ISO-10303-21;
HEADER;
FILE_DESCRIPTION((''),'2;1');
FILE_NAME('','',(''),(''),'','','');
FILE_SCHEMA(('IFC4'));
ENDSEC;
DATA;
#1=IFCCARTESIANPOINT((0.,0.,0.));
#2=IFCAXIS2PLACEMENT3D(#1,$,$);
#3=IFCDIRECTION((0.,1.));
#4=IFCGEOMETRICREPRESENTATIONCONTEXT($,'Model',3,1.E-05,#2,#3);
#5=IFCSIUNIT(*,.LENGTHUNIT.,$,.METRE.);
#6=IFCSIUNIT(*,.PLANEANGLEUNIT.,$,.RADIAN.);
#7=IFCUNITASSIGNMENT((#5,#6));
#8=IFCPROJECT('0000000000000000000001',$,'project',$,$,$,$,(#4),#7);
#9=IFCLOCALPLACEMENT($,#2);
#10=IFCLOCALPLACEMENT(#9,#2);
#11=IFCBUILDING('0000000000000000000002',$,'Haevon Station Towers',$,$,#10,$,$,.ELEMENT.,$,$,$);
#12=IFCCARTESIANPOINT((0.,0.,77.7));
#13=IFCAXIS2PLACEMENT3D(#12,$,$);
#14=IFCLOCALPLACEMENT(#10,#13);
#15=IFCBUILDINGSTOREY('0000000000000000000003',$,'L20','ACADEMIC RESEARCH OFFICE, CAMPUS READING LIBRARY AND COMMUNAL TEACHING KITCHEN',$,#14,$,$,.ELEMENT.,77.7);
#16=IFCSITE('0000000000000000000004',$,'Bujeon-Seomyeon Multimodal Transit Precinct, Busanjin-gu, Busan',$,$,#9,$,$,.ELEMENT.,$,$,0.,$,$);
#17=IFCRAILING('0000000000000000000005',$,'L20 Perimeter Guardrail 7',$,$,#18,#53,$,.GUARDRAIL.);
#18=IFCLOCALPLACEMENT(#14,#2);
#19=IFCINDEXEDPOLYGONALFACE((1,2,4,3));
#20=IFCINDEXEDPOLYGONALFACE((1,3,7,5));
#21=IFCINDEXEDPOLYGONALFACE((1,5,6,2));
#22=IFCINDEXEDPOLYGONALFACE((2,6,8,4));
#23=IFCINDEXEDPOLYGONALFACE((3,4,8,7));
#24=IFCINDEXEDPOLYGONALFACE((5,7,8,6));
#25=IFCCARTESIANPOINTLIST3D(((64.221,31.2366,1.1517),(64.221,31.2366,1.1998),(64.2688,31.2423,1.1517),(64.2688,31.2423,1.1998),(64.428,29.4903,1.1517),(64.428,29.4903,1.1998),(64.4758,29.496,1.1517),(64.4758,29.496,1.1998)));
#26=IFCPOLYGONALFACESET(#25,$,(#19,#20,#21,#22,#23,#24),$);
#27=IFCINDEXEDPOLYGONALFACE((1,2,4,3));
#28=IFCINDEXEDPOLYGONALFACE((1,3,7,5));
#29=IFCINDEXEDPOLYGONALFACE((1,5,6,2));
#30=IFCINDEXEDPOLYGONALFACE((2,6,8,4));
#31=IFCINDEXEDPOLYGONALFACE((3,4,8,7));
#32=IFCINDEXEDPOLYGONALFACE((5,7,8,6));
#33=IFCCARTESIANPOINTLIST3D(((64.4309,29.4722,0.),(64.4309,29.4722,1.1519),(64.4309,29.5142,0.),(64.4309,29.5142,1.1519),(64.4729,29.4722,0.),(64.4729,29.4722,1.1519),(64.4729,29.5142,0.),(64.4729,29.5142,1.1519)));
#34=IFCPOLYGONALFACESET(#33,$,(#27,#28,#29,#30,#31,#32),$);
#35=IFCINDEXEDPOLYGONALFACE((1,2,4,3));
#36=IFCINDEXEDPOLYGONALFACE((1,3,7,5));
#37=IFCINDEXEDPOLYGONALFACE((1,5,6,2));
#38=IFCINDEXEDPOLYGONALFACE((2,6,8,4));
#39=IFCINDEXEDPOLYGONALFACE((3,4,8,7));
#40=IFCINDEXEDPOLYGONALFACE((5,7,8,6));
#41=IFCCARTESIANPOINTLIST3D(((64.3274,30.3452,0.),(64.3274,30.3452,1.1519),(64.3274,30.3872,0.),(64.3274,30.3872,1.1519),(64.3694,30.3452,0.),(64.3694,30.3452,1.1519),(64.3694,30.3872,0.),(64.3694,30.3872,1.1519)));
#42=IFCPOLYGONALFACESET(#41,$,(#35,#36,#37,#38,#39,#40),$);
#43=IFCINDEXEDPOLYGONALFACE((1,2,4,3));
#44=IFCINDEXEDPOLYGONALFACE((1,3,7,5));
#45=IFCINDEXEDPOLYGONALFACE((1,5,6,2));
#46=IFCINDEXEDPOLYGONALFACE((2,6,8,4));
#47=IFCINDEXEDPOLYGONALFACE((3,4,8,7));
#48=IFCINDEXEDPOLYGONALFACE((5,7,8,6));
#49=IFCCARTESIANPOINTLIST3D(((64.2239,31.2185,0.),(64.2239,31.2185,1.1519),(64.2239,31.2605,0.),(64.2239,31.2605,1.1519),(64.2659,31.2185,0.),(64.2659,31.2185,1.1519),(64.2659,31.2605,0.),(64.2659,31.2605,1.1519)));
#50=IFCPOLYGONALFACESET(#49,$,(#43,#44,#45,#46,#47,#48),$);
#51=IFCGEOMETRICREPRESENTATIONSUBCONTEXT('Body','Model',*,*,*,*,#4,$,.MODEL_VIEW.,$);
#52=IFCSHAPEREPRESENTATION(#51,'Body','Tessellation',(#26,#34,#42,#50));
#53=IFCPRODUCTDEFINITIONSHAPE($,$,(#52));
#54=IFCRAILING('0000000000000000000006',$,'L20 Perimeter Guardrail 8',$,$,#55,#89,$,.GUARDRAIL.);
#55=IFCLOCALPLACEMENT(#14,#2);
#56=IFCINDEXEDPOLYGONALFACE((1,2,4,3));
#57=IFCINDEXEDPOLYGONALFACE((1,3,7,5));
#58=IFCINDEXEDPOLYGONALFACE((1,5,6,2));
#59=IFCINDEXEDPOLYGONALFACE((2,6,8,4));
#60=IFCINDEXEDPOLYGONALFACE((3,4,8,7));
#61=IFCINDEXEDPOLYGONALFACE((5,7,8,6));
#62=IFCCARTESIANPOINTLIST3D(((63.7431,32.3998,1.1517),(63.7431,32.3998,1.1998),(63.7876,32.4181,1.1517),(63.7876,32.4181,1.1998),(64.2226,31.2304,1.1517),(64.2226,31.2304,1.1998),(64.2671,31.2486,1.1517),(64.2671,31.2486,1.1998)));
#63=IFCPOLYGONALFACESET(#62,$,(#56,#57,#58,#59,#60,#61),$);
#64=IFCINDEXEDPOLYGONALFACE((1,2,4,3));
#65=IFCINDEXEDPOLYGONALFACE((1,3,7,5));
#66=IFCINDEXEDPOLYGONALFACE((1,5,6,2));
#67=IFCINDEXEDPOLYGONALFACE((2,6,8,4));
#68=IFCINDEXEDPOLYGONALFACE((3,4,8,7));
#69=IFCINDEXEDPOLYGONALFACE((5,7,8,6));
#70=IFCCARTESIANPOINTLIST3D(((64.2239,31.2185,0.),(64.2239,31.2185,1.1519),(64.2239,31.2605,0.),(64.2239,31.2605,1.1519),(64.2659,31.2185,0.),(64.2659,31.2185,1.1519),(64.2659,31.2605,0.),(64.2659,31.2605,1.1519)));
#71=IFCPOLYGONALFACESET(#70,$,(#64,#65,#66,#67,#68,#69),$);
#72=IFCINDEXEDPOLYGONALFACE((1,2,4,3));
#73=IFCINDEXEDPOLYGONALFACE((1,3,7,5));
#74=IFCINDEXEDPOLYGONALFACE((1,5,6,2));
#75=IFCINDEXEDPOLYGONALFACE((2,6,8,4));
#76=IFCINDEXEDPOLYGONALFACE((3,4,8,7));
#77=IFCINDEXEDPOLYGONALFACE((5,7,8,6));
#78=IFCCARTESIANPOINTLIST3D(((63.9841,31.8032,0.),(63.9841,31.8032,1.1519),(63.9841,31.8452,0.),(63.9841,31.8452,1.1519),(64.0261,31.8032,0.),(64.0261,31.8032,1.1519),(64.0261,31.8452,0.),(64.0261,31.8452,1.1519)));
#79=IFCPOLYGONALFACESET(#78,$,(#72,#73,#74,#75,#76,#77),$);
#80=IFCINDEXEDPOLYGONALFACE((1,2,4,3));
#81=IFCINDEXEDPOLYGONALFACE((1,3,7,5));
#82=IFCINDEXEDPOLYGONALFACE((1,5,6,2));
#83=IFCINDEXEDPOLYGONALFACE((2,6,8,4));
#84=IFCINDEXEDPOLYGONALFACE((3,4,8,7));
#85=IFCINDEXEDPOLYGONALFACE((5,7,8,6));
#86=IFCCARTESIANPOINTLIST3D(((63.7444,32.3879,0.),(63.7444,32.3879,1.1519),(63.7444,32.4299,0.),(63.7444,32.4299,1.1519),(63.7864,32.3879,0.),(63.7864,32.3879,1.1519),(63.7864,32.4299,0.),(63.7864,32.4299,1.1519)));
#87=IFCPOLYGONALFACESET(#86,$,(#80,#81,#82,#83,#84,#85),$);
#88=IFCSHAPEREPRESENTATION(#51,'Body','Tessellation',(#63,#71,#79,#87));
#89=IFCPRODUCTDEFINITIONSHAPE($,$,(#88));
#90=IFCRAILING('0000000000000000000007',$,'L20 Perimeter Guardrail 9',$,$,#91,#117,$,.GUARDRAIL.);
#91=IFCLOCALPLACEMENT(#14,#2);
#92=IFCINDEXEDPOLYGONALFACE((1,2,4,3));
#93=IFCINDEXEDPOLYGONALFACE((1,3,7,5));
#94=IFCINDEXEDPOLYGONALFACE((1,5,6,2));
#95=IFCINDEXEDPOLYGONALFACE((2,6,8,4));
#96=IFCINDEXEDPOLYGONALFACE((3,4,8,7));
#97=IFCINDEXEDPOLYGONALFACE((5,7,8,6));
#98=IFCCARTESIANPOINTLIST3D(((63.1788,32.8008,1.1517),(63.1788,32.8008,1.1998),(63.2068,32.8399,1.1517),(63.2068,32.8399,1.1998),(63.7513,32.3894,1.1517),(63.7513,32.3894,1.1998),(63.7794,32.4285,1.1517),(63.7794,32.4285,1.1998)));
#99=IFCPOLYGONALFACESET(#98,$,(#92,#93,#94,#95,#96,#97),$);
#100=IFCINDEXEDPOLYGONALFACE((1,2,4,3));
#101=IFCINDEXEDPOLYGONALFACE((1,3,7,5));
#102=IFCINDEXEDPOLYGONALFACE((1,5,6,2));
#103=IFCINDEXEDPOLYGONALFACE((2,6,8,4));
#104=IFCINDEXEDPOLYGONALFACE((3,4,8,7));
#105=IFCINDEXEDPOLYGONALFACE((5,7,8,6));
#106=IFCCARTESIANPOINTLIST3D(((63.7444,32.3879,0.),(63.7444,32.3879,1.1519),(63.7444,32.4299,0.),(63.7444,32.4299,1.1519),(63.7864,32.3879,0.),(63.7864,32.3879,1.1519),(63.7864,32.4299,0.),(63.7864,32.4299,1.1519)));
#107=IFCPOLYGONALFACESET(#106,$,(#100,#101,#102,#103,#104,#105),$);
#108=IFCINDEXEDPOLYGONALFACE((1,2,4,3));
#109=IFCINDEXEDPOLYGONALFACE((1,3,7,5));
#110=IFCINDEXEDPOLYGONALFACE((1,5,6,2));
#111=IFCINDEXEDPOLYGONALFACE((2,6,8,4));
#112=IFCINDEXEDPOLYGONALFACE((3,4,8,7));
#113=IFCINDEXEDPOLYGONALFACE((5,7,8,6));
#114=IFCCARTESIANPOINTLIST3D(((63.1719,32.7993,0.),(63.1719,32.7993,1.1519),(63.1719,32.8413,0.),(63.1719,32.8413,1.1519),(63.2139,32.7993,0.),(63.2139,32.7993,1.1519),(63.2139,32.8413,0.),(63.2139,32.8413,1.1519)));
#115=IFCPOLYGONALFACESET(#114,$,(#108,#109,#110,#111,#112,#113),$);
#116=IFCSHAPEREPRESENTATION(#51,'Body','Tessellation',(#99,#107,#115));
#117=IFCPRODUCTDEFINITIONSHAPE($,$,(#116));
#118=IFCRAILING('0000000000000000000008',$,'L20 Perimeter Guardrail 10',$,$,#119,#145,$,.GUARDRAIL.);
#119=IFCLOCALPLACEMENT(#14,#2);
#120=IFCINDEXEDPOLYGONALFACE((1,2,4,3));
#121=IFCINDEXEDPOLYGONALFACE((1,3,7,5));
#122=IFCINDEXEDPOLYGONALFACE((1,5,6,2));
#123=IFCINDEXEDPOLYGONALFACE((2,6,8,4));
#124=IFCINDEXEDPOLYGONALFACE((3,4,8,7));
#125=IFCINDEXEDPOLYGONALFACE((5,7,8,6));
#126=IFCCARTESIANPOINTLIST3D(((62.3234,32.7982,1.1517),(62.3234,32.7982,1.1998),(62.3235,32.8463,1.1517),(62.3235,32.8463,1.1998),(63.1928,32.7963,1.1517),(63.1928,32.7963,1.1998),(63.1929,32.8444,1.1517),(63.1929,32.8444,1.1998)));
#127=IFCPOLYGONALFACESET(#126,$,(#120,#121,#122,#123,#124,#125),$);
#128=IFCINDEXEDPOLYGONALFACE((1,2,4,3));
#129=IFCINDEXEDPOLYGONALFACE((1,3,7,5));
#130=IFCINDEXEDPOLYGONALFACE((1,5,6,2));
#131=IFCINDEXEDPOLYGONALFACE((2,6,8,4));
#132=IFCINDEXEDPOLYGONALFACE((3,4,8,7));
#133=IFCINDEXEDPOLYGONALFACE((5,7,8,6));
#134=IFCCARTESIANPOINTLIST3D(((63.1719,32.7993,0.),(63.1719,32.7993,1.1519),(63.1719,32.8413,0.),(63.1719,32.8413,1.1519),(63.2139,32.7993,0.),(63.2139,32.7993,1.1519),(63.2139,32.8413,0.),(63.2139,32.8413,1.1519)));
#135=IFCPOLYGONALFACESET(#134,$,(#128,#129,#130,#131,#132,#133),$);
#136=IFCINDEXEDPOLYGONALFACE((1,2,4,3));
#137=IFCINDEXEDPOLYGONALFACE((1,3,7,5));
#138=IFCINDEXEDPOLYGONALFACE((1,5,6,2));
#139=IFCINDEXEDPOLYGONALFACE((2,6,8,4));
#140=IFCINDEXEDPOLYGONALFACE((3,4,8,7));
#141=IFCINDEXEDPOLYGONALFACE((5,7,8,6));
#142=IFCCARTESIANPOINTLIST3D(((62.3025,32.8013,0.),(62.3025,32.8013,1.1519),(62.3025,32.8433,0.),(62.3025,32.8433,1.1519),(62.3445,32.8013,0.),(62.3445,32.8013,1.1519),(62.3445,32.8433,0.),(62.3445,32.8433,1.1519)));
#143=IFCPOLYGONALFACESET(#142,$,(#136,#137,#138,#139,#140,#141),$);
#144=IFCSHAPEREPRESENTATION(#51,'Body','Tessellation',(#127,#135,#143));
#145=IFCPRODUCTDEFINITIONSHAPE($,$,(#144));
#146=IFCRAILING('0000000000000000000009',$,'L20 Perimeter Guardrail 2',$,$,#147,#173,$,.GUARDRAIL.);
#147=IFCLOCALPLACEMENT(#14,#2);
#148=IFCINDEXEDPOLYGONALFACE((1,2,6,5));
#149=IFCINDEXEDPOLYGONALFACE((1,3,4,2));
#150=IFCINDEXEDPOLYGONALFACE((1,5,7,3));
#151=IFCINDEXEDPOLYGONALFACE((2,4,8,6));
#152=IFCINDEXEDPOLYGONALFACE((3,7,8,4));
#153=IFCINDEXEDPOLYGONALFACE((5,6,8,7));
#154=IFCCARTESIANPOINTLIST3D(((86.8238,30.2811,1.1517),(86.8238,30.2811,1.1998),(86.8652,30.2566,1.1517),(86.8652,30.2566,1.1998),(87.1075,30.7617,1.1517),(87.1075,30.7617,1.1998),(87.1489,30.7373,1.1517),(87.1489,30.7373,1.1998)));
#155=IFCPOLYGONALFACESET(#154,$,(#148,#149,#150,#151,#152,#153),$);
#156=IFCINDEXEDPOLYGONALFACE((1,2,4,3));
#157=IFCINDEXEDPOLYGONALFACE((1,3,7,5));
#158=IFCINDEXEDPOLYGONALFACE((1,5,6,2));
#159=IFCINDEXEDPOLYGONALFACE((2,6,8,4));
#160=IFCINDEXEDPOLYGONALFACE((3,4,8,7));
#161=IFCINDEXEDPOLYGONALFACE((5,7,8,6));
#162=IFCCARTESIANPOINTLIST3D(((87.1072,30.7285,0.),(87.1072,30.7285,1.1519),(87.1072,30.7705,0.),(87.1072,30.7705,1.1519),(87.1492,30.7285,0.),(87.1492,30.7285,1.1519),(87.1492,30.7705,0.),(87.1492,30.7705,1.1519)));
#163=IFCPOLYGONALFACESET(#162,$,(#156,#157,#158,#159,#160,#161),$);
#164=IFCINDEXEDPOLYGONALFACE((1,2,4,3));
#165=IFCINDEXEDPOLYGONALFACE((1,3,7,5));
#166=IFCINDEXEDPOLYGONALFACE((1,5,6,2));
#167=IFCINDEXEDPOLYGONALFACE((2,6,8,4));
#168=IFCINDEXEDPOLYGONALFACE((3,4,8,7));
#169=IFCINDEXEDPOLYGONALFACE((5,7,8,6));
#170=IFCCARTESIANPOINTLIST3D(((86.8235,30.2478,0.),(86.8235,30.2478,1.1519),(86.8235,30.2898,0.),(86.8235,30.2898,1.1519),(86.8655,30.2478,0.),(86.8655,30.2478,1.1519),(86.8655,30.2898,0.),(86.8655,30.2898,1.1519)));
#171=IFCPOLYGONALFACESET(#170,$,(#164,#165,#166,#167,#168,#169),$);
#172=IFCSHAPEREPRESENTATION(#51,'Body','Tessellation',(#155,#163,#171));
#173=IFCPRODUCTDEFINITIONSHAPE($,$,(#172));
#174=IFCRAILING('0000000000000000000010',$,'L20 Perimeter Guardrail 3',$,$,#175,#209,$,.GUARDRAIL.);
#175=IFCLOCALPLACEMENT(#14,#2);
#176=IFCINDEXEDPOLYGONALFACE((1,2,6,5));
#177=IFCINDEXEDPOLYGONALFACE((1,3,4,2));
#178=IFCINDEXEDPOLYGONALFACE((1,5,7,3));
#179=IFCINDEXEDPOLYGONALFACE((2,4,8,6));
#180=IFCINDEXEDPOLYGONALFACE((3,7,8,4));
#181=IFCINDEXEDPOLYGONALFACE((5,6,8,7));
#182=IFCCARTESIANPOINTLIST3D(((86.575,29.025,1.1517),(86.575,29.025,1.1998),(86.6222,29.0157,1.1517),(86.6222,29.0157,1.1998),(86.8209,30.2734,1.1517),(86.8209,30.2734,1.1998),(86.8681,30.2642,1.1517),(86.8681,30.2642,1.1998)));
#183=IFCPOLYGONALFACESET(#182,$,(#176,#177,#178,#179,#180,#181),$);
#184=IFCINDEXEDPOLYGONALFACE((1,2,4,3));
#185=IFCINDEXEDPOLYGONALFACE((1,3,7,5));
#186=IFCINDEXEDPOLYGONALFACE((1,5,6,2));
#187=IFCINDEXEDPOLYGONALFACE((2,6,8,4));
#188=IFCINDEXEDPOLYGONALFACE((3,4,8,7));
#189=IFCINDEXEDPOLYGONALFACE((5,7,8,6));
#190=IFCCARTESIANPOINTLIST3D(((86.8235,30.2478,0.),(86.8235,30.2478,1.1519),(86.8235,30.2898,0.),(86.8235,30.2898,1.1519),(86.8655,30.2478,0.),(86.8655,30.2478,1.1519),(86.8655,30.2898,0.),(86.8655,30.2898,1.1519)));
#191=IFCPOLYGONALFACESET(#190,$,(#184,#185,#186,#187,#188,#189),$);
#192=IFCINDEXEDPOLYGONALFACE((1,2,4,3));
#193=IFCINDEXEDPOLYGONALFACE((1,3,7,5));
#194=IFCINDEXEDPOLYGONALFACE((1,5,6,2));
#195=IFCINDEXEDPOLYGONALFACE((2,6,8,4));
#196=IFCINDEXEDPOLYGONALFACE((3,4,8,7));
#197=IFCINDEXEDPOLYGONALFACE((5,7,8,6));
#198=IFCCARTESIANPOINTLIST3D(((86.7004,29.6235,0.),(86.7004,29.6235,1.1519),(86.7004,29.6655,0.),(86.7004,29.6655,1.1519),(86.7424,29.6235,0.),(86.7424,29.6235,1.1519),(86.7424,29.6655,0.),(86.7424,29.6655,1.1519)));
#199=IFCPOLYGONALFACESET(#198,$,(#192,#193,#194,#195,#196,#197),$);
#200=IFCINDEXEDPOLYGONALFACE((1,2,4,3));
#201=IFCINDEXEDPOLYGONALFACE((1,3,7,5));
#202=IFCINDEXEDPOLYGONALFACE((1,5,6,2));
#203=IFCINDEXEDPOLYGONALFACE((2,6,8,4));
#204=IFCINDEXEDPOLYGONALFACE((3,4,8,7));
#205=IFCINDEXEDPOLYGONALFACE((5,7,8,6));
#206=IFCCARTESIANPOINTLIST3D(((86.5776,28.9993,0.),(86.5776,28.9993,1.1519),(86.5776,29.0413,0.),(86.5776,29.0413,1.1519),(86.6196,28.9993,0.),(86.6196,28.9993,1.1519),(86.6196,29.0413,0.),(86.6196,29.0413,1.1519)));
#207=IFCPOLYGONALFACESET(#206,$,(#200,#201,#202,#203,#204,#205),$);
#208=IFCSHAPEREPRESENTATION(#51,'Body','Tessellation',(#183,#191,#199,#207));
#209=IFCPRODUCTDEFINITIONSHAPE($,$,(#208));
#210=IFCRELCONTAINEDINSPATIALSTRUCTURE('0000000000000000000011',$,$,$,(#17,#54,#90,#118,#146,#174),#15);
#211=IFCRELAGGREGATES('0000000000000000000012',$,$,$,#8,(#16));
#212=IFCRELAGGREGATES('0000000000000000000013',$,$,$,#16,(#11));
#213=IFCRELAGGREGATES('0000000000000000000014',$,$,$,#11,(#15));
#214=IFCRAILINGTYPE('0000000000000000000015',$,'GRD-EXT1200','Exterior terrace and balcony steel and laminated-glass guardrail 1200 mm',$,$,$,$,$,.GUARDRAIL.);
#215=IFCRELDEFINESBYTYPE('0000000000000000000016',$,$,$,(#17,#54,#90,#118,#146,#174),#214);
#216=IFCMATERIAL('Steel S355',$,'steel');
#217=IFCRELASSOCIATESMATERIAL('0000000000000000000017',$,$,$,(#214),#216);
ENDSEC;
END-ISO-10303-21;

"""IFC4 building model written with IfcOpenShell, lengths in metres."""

from ifc_helpers import new_model, si_unit, direction, frame, origin, origin_2d, place, context, subcontext, project, spatial, rectangle, extrude, material, type_object, element, save


model = new_model("IFC4")

# Units and contexts
model_context = context("Model", 3, precision=1e-05, world=origin(), true_north=direction((0.0, 1.0)))
body_context = subcontext(model_context, "Body", "Model", "MODEL_VIEW")
ifc_project = project(units=[si_unit("LENGTHUNIT", "METRE"), si_unit("PLANEANGLEUNIT", "RADIAN")], contexts=[model_context])

# Site, building, storey
site_placement = place(None, origin())
site = spatial("IfcSite", under=ifc_project, at=site_placement, Name="Bujeon-Seomyeon Multimodal Transit Precinct, Busanjin-gu, Busan", CompositionType="ELEMENT", RefElevation=0.0)
building_placement = place(site_placement, origin())
building = spatial("IfcBuilding", under=site, at=building_placement, Name="Haevon Station Towers", CompositionType="ELEMENT")
storey_placement = place(building_placement, frame((0.0, 0.0, 77.7)))
storey = spatial("IfcBuildingStorey", under=building, at=storey_placement, Name="L20", Description="ACADEMIC RESEARCH OFFICE, CAMPUS READING LIBRARY AND COMMUNAL TEACHING KITCHEN", CompositionType="ELEMENT", Elevation=77.7)

# Shared definitions
ifc_material_1 = material(Name="Steel S355", Category="steel")

# Railings
railing_type = type_object("IfcRailingType", Name="GRD-EXT1200", Description="Exterior terrace and balcony steel and laminated-glass guardrail 1200 mm", PredefinedType="GUARDRAIL", material=ifc_material_1)
railing_1_placement = place(storey_placement, frame((64.4519, 29.4932, 0.0)))
element("IfcRailing", 1, at=railing_1_placement, inside=storey, type_object=railing_type, Name="L20 Perimeter Guardrail 7", PredefinedType="GUARDRAIL", context=body_context, shape_type="SweptSolid", body=[
    extrude(rectangle(XDim=0.0481, YDim=0.0481, at=origin_2d()), frame((0.0, 0.0, 1.1758), z_axis=(-0.117727, 0.993046, 0.0), x_axis=(-0.993046, -0.117727, 0.0)), (0.0, 0.0, 1.0), 1.7585),
    extrude(rectangle(XDim=0.042, YDim=0.042, at=origin_2d()), origin(), (0.0, 0.0, 1.0), 1.1519),
    extrude(rectangle(XDim=0.042, YDim=0.042, at=origin_2d()), frame((-0.1035, 0.873, 0.0)), (0.0, 0.0, 1.0), 1.1519),
    extrude(rectangle(XDim=0.042, YDim=0.042, at=origin_2d()), frame((-0.207, 1.7463, 0.0)), (0.0, 0.0, 1.0), 1.1519),
])
railing_2_placement = place(storey_placement, frame((64.2449, 31.2395, 0.0)))
element("IfcRailing", 2, at=railing_2_placement, inside=storey, type_object=railing_type, Name="L20 Perimeter Guardrail 8", PredefinedType="GUARDRAIL", context=body_context, shape_type="SweptSolid", body=[
    extrude(rectangle(XDim=0.0481, YDim=0.0481, at=origin_2d()), frame((0.0, 0.0, 1.1758), z_axis=(-0.37937, 0.925245, 0.0), x_axis=(-0.925245, -0.37937, 0.0)), (0.0, 0.0, 1.0), 1.2639),
    extrude(rectangle(XDim=0.042, YDim=0.042, at=origin_2d()), origin(), (0.0, 0.0, 1.0), 1.1519),
    extrude(rectangle(XDim=0.042, YDim=0.042, at=origin_2d()), frame((-0.2397, 0.5847, 0.0)), (0.0, 0.0, 1.0), 1.1519),
    extrude(rectangle(XDim=0.042, YDim=0.042, at=origin_2d()), frame((-0.4795, 1.1694, 0.0)), (0.0, 0.0, 1.0), 1.1519),
])
railing_3_placement = place(storey_placement, frame((63.7654, 32.4089, 0.0)))
element("IfcRailing", 3, at=railing_3_placement, inside=storey, type_object=railing_type, Name="L20 Perimeter Guardrail 9", PredefinedType="GUARDRAIL", context=body_context, shape_type="SweptSolid", body=[
    extrude(rectangle(XDim=0.0481, YDim=0.0481, at=origin_2d()), frame((0.0, 0.0, 1.1758), z_axis=(-0.812092, 0.583529, 0.0), x_axis=(-0.583529, -0.812092, 0.0)), (0.0, 0.0, 1.0), 0.7051),
    extrude(rectangle(XDim=0.042, YDim=0.042, at=origin_2d()), origin(), (0.0, 0.0, 1.0), 1.1519),
    extrude(rectangle(XDim=0.042, YDim=0.042, at=origin_2d()), frame((-0.5725, 0.4114, 0.0)), (0.0, 0.0, 1.0), 1.1519),
])
railing_4_placement = place(storey_placement, frame((63.1929, 32.8203, 0.0)))
element("IfcRailing", 4, at=railing_4_placement, inside=storey, type_object=railing_type, Name="L20 Perimeter Guardrail 10", PredefinedType="GUARDRAIL", context=body_context, shape_type="SweptSolid", body=[
    extrude(rectangle(XDim=0.0481, YDim=0.0481, at=origin_2d()), frame((0.0, 0.0, 1.1758), z_axis=(-0.999997, 0.002247, 0.0), x_axis=(-0.002247, -0.999997, 0.0)), (0.0, 0.0, 1.0), 0.8694),
    extrude(rectangle(XDim=0.042, YDim=0.042, at=origin_2d()), origin(), (0.0, 0.0, 1.0), 1.1519),
    extrude(rectangle(XDim=0.042, YDim=0.042, at=origin_2d()), frame((-0.8694, 0.002, 0.0)), (0.0, 0.0, 1.0), 1.1519),
])
railing_5_placement = place(storey_placement, frame((87.1282, 30.7495, 0.0)))
element("IfcRailing", 5, at=railing_5_placement, inside=storey, type_object=railing_type, Name="L20 Perimeter Guardrail 2", PredefinedType="GUARDRAIL", context=body_context, shape_type="SweptSolid", body=[
    extrude(rectangle(XDim=0.0481, YDim=0.0481, at=origin_2d()), frame((0.0, 0.0, 1.1758), z_axis=(-0.508243, -0.861214, 0.0), x_axis=(0.861214, -0.508243, 0.0)), (0.0, 0.0, 1.0), 0.5581),
    extrude(rectangle(XDim=0.042, YDim=0.042, at=origin_2d()), origin(), (0.0, 0.0, 1.0), 1.1519),
    extrude(rectangle(XDim=0.042, YDim=0.042, at=origin_2d()), frame((-0.2837, -0.4807, 0.0)), (0.0, 0.0, 1.0), 1.1519),
])
railing_6_placement = place(storey_placement, frame((86.8445, 30.2688, 0.0)))
element("IfcRailing", 6, at=railing_6_placement, inside=storey, type_object=railing_type, Name="L20 Perimeter Guardrail 3", PredefinedType="GUARDRAIL", context=body_context, shape_type="SweptSolid", body=[
    extrude(rectangle(XDim=0.0481, YDim=0.0481, at=origin_2d()), frame((0.0, 0.0, 1.1758), z_axis=(-0.193201, -0.981159, 0.0), x_axis=(0.981159, -0.193201, 0.0)), (0.0, 0.0, 1.0), 1.2725),
    extrude(rectangle(XDim=0.042, YDim=0.042, at=origin_2d()), origin(), (0.0, 0.0, 1.0), 1.1519),
    extrude(rectangle(XDim=0.042, YDim=0.042, at=origin_2d()), frame((-0.123, -0.6243, 0.0)), (0.0, 0.0, 1.0), 1.1519),
    extrude(rectangle(XDim=0.042, YDim=0.042, at=origin_2d()), frame((-0.2458, -1.2485, 0.0)), (0.0, 0.0, 1.0), 1.1519),
])

save(model, "model.ifc")
